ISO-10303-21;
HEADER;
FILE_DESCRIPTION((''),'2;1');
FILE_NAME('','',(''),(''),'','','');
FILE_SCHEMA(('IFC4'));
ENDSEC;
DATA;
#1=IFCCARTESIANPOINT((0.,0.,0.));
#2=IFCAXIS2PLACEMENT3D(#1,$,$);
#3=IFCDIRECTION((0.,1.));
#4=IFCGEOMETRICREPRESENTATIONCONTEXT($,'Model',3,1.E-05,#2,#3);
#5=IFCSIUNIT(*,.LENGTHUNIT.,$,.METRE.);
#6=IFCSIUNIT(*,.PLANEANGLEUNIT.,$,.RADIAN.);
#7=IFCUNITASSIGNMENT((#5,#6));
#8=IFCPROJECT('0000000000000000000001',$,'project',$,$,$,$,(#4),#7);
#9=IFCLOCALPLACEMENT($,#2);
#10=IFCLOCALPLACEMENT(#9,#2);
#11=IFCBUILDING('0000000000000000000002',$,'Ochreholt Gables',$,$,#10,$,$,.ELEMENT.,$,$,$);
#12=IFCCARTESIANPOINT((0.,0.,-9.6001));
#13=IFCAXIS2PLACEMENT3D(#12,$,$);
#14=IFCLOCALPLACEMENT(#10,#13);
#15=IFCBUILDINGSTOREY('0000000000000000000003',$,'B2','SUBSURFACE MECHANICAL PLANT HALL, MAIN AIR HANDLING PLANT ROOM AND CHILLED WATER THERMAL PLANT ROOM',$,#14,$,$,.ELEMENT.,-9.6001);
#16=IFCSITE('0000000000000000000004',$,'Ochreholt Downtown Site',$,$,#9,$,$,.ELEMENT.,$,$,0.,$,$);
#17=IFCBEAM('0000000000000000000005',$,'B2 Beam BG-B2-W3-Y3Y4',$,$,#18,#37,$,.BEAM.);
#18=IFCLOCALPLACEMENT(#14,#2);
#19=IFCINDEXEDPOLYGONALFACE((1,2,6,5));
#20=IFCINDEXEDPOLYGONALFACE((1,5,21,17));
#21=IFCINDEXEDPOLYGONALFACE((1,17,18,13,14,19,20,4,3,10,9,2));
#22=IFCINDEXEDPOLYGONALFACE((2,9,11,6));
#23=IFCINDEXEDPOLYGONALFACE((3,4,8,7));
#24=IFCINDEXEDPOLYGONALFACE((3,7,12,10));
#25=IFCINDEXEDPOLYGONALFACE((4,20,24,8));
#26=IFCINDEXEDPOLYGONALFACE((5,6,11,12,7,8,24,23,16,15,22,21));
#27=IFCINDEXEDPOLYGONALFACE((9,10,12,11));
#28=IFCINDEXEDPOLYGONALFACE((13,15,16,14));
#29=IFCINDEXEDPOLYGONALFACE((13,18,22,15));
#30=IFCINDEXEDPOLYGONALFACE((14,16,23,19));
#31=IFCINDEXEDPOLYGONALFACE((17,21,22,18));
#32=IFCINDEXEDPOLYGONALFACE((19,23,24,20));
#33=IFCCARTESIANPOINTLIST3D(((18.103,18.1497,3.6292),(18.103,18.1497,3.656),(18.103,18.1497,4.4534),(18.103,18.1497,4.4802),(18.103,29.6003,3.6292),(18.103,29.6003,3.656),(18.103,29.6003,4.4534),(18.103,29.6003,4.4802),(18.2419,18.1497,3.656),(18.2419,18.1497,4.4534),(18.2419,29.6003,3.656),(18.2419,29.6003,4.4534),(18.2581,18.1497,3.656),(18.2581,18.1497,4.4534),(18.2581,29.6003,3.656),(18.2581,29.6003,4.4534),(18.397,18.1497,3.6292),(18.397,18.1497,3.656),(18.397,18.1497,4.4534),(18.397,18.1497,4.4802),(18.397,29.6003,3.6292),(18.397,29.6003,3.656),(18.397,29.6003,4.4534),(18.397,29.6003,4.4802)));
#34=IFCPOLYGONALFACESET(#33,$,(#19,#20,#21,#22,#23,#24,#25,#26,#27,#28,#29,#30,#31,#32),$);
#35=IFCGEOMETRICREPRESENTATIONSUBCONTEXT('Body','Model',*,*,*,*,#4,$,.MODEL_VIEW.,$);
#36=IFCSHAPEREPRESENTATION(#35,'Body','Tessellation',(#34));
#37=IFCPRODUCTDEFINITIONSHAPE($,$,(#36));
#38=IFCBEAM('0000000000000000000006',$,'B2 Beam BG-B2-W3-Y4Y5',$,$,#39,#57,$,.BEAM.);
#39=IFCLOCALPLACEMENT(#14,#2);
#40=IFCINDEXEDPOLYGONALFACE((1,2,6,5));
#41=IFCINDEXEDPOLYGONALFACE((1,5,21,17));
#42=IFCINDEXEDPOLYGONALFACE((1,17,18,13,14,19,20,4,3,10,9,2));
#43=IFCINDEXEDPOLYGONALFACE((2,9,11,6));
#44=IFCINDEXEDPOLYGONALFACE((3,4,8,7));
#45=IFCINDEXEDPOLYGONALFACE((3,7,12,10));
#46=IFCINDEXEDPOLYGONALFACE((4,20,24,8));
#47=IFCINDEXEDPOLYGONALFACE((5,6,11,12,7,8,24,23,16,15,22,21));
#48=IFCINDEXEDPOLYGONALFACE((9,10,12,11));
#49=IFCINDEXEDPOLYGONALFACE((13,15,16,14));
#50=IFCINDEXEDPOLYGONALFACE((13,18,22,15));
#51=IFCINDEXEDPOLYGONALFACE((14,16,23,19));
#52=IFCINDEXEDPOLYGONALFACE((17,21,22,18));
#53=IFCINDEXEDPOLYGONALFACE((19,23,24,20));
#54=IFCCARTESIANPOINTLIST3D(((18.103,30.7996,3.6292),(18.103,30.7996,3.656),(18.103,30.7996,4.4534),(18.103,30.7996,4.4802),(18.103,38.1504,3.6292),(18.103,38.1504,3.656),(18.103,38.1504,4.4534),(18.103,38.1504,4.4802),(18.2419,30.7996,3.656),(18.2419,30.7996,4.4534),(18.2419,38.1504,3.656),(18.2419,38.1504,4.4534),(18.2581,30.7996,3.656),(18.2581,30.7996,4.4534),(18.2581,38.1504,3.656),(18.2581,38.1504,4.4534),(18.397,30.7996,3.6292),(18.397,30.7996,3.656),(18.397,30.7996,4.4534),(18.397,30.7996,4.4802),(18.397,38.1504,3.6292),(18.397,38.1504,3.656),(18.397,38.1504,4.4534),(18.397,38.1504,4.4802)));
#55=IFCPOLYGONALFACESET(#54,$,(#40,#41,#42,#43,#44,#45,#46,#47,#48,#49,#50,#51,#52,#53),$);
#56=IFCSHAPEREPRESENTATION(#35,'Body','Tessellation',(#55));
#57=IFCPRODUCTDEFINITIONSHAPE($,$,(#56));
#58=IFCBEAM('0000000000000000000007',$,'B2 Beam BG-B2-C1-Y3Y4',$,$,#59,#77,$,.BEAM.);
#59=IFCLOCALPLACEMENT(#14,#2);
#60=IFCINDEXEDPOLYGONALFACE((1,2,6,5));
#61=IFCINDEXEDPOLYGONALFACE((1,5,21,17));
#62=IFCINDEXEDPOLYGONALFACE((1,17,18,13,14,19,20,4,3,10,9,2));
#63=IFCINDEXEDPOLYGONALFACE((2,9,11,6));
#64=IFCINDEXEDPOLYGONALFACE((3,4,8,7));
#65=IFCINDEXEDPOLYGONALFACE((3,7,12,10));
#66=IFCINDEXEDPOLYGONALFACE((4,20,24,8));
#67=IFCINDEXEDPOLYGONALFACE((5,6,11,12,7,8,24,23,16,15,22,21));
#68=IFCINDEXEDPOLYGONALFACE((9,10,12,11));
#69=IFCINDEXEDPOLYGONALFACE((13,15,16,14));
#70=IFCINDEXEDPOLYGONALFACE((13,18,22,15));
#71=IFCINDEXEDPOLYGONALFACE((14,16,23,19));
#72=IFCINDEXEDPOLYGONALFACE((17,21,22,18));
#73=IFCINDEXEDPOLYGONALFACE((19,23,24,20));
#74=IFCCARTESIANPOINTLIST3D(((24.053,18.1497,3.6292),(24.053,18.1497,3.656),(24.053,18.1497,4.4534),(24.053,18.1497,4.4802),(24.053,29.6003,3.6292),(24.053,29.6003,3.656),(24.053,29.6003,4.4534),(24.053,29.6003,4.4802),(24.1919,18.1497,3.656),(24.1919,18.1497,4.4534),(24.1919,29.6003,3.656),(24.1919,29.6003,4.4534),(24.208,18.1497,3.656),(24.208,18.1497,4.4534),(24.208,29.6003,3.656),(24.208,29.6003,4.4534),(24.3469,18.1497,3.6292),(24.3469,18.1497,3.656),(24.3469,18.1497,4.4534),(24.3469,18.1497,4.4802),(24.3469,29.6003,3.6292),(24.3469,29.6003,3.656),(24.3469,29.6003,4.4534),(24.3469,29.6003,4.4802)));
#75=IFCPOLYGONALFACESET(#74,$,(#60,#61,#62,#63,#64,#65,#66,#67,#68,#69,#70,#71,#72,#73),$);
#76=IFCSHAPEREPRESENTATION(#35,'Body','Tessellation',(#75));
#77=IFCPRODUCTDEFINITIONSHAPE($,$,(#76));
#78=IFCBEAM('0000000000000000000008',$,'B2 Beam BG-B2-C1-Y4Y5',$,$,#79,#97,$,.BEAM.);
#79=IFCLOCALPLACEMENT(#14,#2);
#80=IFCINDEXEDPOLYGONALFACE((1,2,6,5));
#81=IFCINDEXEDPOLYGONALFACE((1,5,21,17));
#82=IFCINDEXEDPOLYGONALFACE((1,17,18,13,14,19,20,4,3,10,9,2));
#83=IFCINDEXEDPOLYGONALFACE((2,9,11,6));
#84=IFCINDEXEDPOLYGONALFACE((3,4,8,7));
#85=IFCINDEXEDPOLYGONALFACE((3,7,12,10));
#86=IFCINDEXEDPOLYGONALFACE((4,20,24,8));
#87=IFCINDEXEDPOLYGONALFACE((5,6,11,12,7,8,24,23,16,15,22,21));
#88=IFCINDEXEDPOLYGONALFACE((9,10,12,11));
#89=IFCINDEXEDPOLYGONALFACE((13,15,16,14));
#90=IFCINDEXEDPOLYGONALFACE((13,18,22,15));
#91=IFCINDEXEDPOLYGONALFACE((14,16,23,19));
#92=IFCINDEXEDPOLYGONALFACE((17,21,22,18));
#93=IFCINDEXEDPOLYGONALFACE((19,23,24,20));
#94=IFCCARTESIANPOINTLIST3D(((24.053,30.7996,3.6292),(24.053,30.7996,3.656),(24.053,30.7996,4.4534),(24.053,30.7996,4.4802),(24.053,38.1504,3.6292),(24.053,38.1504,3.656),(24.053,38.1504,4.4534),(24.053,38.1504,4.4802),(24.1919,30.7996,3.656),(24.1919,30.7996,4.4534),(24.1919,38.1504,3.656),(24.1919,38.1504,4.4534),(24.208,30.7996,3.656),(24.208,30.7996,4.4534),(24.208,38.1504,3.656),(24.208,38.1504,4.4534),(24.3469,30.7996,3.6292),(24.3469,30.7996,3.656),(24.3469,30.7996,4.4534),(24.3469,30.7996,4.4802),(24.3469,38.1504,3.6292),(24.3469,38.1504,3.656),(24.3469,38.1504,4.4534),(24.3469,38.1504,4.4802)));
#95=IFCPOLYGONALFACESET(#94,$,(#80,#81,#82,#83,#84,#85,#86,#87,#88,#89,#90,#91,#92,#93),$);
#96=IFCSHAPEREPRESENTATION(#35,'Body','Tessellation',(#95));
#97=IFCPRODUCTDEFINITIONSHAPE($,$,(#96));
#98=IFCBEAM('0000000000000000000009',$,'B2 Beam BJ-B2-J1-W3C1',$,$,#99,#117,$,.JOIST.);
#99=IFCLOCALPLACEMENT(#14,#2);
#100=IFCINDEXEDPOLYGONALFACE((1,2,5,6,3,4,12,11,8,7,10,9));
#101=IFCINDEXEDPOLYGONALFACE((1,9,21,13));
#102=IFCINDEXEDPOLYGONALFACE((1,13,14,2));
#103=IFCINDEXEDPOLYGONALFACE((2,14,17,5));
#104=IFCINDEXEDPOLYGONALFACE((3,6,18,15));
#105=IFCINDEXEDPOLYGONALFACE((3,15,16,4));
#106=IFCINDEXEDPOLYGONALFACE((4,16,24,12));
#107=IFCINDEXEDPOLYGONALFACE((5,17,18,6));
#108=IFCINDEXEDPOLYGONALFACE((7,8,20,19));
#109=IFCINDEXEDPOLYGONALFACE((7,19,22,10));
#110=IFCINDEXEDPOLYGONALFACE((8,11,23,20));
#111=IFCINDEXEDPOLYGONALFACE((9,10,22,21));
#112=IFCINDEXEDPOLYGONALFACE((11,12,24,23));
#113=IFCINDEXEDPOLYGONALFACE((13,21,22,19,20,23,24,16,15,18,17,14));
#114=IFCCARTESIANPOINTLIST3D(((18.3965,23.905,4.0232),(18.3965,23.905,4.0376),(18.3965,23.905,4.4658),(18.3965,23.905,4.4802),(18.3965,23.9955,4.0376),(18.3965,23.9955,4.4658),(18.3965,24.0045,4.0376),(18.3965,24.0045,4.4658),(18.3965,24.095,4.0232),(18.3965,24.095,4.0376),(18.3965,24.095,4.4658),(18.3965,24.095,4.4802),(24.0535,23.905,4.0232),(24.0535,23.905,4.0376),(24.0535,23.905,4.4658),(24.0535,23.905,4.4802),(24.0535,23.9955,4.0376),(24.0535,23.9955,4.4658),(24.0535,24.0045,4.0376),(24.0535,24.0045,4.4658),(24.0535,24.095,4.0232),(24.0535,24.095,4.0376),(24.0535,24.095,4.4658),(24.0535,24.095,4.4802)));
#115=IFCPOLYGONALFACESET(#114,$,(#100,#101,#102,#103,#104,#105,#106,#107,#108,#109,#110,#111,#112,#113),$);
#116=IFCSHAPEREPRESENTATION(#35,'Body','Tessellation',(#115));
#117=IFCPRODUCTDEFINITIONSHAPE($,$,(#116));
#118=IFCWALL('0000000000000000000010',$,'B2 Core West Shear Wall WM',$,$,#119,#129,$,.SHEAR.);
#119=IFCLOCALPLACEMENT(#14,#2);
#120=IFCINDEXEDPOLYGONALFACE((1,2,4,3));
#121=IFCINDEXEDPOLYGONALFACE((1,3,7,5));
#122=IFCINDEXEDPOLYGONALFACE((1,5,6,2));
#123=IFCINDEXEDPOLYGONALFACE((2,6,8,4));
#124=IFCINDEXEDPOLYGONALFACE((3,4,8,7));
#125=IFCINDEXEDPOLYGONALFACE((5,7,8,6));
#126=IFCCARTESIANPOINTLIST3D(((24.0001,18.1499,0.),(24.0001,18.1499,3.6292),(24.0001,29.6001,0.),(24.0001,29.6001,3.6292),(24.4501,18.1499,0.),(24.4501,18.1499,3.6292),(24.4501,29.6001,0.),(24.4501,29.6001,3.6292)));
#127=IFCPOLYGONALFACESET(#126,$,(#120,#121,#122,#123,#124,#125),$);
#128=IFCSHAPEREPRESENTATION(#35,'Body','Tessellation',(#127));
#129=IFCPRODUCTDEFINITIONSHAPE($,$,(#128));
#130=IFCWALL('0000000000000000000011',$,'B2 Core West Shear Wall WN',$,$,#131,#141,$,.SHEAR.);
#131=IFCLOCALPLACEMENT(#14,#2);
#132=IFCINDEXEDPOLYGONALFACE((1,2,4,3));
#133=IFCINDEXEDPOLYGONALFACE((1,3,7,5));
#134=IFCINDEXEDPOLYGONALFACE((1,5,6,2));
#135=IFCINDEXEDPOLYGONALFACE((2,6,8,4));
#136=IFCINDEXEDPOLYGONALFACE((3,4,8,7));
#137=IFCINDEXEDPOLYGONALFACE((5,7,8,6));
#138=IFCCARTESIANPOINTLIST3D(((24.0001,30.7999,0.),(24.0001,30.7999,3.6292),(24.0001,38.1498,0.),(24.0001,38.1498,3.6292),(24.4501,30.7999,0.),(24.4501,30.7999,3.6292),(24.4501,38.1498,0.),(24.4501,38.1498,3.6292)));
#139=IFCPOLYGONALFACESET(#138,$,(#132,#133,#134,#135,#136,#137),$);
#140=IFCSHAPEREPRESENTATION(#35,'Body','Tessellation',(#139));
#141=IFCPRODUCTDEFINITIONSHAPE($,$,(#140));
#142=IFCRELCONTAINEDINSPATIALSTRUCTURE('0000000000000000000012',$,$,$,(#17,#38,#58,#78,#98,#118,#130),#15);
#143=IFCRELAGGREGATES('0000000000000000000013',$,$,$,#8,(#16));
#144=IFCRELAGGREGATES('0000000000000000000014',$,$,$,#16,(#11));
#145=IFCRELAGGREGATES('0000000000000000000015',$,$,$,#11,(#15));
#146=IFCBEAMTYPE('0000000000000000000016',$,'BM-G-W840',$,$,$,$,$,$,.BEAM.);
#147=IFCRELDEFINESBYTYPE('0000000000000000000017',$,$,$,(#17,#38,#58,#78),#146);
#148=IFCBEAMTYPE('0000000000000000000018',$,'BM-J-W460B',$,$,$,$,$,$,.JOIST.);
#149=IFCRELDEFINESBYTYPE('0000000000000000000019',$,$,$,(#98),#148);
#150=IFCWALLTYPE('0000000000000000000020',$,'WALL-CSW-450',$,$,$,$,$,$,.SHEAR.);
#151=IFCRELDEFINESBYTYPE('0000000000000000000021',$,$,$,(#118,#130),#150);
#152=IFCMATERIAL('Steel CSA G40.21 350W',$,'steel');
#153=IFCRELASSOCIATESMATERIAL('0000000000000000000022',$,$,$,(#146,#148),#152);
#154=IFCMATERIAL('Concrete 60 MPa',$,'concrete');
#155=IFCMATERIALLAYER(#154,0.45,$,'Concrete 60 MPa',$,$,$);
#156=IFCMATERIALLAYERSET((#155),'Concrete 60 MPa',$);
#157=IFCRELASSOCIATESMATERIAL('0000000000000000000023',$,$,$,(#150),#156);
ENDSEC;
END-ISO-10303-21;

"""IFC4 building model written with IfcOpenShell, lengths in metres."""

from ifc_helpers import new_model, si_unit, direction, frame, frame_2d, origin, origin_2d, place, context, subcontext, project, spatial, rectangle, i_section, extrude, material, layer, layer_set, material_profile, profile_set, type_object, element, save


model = new_model("IFC4")

# Units and contexts
model_context = context("Model", 3, precision=1e-05, world=origin(), true_north=direction((0.0, 1.0)))
body_context = subcontext(model_context, "Body", "Model", "MODEL_VIEW")
ifc_project = project(units=[si_unit("LENGTHUNIT", "METRE"), si_unit("PLANEANGLEUNIT", "RADIAN")], contexts=[model_context])

# Site, building, storey
site_placement = place(None, origin())
site = spatial("IfcSite", under=ifc_project, at=site_placement, Name="Ochreholt Downtown Site", CompositionType="ELEMENT", RefElevation=0.0)
building_placement = place(site_placement, origin())
building = spatial("IfcBuilding", under=site, at=building_placement, Name="Ochreholt Gables", CompositionType="ELEMENT")
storey_placement = place(building_placement, frame((0.0, 0.0, -9.6001)))
storey = spatial("IfcBuildingStorey", under=building, at=storey_placement, Name="B2", Description="SUBSURFACE MECHANICAL PLANT HALL, MAIN AIR HANDLING PLANT ROOM AND CHILLED WATER THERMAL PLANT ROOM", CompositionType="ELEMENT", Elevation=-9.6001)

# Shared definitions
ifc_material_1 = material(Name="Concrete 60 MPa", Category="concrete")

# Beams
ifc_material_2 = material(Name="Steel CSA G40.21 350W", Category="steel")
ifc_material_profile_1 = material_profile(ifc_material_2, i_section(OverallWidth=0.2939, OverallDepth=0.8511, WebThickness=0.0161, FlangeThickness=0.0269, at=origin_2d()), Name="W840X226")
ifc_profile_set_1 = profile_set([ifc_material_profile_1], Name="Steel CSA G40.21 350W")
beam_type_1 = type_object("IfcBeamType", Name="BM-G-W840", PredefinedType="BEAM", material=ifc_profile_set_1)
beam_1_placement = place(storey_placement, frame((18.25, 18.1497, 4.0547), z_axis=(0.0, 1.0, 0.0), x_axis=(-1.0, 0.0, 0.0)))
element("IfcBeam", 1, at=beam_1_placement, inside=storey, type_object=beam_type_1, Name="B2 Beam BG-B2-W3-Y3Y4", PredefinedType="BEAM", context=body_context, shape_type="SweptSolid", body=[
    extrude(i_section(OverallWidth=0.2939, OverallDepth=0.8511, WebThickness=0.0161, FlangeThickness=0.0269, at=origin_2d()), origin(), (0.0, 0.0, 1.0), 11.4507),
])
beam_2_placement = place(storey_placement, frame((18.25, 30.7996, 4.0547), z_axis=(0.0, 1.0, 0.0), x_axis=(-1.0, 0.0, 0.0)))
element("IfcBeam", 2, at=beam_2_placement, inside=storey, type_object=beam_type_1, Name="B2 Beam BG-B2-W3-Y4Y5", PredefinedType="BEAM", context=body_context, shape_type="SweptSolid", body=[
    extrude(i_section(OverallWidth=0.2939, OverallDepth=0.8511, WebThickness=0.0161, FlangeThickness=0.0269, at=origin_2d()), origin(), (0.0, 0.0, 1.0), 7.3508),
])
beam_3_placement = place(storey_placement, frame((24.2, 18.1497, 4.0547), z_axis=(0.0, 1.0, 0.0), x_axis=(-1.0, 0.0, 0.0)))
element("IfcBeam", 3, at=beam_3_placement, inside=storey, type_object=beam_type_1, Name="B2 Beam BG-B2-C1-Y3Y4", PredefinedType="BEAM", context=body_context, shape_type="SweptSolid", body=[
    extrude(i_section(OverallWidth=0.2939, OverallDepth=0.8511, WebThickness=0.0161, FlangeThickness=0.0269, at=origin_2d()), origin(), (0.0, 0.0, 1.0), 11.4507),
])
beam_4_placement = place(storey_placement, frame((24.2, 30.7996, 4.0547), z_axis=(0.0, 1.0, 0.0), x_axis=(-1.0, 0.0, 0.0)))
element("IfcBeam", 4, at=beam_4_placement, inside=storey, type_object=beam_type_1, Name="B2 Beam BG-B2-C1-Y4Y5", PredefinedType="BEAM", context=body_context, shape_type="SweptSolid", body=[
    extrude(i_section(OverallWidth=0.2939, OverallDepth=0.8511, WebThickness=0.0161, FlangeThickness=0.0269, at=origin_2d()), origin(), (0.0, 0.0, 1.0), 7.3508),
])
ifc_material_profile_2 = material_profile(ifc_material_2, i_section(OverallWidth=0.1899, OverallDepth=0.457, WebThickness=0.009, FlangeThickness=0.0144, at=origin_2d()), Name="W460X74")
ifc_profile_set_2 = profile_set([ifc_material_profile_2], Name="Steel CSA G40.21 350W")
beam_type_2 = type_object("IfcBeamType", Name="BM-J-W460B", PredefinedType="JOIST", material=ifc_profile_set_2)
beam_5_placement = place(storey_placement, frame((18.3965, 24.0, 4.2517), z_axis=(1.0, 0.0, 0.0), x_axis=(0.0, 1.0, 0.0)))
element("IfcBeam", 5, at=beam_5_placement, inside=storey, type_object=beam_type_2, Name="B2 Beam BJ-B2-J1-W3C1", PredefinedType="JOIST", context=body_context, shape_type="SweptSolid", body=[
    extrude(i_section(OverallWidth=0.1899, OverallDepth=0.457, WebThickness=0.009, FlangeThickness=0.0144, at=origin_2d()), origin(), (0.0, 0.0, 1.0), 5.657),
])

# Walls
ifc_layer_1 = layer(ifc_material_1, 0.45, Name="Concrete 60 MPa")
ifc_layer_set_1 = layer_set([ifc_layer_1], Name="Concrete 60 MPa")
wall_type_1 = type_object("IfcWallType", Name="WALL-CSW-450", PredefinedType="SHEAR", material=ifc_layer_set_1)
wall_1_placement = place(storey_placement, frame((24.2251, 18.1499, 0.0), z_axis=(0.0, 0.0, 1.0), x_axis=(0.0, 1.0, 0.0)))
element("IfcWall", 6, at=wall_1_placement, inside=storey, type_object=wall_type_1, Name="B2 Core West Shear Wall WM", PredefinedType="SHEAR", context=body_context, shape_type="SweptSolid", body=[
    extrude(rectangle(XDim=11.4502, YDim=0.45, at=frame_2d((5.7251, 0.0))), origin(), (0.0, 0.0, 1.0), 3.6292),
])
wall_2_placement = place(storey_placement, frame((24.2251, 30.8, 0.0), z_axis=(0.0, 0.0, 1.0), x_axis=(0.0, 1.0, 0.0)))
element("IfcWall", 7, at=wall_2_placement, inside=storey, type_object=wall_type_1, Name="B2 Core West Shear Wall WN", PredefinedType="SHEAR", context=body_context, shape_type="SweptSolid", body=[
    extrude(rectangle(XDim=7.3499, YDim=0.45, at=frame_2d((3.6748, 0.0))), origin(), (0.0, 0.0, 1.0), 3.6292),
])

save(model, "model.ifc")
